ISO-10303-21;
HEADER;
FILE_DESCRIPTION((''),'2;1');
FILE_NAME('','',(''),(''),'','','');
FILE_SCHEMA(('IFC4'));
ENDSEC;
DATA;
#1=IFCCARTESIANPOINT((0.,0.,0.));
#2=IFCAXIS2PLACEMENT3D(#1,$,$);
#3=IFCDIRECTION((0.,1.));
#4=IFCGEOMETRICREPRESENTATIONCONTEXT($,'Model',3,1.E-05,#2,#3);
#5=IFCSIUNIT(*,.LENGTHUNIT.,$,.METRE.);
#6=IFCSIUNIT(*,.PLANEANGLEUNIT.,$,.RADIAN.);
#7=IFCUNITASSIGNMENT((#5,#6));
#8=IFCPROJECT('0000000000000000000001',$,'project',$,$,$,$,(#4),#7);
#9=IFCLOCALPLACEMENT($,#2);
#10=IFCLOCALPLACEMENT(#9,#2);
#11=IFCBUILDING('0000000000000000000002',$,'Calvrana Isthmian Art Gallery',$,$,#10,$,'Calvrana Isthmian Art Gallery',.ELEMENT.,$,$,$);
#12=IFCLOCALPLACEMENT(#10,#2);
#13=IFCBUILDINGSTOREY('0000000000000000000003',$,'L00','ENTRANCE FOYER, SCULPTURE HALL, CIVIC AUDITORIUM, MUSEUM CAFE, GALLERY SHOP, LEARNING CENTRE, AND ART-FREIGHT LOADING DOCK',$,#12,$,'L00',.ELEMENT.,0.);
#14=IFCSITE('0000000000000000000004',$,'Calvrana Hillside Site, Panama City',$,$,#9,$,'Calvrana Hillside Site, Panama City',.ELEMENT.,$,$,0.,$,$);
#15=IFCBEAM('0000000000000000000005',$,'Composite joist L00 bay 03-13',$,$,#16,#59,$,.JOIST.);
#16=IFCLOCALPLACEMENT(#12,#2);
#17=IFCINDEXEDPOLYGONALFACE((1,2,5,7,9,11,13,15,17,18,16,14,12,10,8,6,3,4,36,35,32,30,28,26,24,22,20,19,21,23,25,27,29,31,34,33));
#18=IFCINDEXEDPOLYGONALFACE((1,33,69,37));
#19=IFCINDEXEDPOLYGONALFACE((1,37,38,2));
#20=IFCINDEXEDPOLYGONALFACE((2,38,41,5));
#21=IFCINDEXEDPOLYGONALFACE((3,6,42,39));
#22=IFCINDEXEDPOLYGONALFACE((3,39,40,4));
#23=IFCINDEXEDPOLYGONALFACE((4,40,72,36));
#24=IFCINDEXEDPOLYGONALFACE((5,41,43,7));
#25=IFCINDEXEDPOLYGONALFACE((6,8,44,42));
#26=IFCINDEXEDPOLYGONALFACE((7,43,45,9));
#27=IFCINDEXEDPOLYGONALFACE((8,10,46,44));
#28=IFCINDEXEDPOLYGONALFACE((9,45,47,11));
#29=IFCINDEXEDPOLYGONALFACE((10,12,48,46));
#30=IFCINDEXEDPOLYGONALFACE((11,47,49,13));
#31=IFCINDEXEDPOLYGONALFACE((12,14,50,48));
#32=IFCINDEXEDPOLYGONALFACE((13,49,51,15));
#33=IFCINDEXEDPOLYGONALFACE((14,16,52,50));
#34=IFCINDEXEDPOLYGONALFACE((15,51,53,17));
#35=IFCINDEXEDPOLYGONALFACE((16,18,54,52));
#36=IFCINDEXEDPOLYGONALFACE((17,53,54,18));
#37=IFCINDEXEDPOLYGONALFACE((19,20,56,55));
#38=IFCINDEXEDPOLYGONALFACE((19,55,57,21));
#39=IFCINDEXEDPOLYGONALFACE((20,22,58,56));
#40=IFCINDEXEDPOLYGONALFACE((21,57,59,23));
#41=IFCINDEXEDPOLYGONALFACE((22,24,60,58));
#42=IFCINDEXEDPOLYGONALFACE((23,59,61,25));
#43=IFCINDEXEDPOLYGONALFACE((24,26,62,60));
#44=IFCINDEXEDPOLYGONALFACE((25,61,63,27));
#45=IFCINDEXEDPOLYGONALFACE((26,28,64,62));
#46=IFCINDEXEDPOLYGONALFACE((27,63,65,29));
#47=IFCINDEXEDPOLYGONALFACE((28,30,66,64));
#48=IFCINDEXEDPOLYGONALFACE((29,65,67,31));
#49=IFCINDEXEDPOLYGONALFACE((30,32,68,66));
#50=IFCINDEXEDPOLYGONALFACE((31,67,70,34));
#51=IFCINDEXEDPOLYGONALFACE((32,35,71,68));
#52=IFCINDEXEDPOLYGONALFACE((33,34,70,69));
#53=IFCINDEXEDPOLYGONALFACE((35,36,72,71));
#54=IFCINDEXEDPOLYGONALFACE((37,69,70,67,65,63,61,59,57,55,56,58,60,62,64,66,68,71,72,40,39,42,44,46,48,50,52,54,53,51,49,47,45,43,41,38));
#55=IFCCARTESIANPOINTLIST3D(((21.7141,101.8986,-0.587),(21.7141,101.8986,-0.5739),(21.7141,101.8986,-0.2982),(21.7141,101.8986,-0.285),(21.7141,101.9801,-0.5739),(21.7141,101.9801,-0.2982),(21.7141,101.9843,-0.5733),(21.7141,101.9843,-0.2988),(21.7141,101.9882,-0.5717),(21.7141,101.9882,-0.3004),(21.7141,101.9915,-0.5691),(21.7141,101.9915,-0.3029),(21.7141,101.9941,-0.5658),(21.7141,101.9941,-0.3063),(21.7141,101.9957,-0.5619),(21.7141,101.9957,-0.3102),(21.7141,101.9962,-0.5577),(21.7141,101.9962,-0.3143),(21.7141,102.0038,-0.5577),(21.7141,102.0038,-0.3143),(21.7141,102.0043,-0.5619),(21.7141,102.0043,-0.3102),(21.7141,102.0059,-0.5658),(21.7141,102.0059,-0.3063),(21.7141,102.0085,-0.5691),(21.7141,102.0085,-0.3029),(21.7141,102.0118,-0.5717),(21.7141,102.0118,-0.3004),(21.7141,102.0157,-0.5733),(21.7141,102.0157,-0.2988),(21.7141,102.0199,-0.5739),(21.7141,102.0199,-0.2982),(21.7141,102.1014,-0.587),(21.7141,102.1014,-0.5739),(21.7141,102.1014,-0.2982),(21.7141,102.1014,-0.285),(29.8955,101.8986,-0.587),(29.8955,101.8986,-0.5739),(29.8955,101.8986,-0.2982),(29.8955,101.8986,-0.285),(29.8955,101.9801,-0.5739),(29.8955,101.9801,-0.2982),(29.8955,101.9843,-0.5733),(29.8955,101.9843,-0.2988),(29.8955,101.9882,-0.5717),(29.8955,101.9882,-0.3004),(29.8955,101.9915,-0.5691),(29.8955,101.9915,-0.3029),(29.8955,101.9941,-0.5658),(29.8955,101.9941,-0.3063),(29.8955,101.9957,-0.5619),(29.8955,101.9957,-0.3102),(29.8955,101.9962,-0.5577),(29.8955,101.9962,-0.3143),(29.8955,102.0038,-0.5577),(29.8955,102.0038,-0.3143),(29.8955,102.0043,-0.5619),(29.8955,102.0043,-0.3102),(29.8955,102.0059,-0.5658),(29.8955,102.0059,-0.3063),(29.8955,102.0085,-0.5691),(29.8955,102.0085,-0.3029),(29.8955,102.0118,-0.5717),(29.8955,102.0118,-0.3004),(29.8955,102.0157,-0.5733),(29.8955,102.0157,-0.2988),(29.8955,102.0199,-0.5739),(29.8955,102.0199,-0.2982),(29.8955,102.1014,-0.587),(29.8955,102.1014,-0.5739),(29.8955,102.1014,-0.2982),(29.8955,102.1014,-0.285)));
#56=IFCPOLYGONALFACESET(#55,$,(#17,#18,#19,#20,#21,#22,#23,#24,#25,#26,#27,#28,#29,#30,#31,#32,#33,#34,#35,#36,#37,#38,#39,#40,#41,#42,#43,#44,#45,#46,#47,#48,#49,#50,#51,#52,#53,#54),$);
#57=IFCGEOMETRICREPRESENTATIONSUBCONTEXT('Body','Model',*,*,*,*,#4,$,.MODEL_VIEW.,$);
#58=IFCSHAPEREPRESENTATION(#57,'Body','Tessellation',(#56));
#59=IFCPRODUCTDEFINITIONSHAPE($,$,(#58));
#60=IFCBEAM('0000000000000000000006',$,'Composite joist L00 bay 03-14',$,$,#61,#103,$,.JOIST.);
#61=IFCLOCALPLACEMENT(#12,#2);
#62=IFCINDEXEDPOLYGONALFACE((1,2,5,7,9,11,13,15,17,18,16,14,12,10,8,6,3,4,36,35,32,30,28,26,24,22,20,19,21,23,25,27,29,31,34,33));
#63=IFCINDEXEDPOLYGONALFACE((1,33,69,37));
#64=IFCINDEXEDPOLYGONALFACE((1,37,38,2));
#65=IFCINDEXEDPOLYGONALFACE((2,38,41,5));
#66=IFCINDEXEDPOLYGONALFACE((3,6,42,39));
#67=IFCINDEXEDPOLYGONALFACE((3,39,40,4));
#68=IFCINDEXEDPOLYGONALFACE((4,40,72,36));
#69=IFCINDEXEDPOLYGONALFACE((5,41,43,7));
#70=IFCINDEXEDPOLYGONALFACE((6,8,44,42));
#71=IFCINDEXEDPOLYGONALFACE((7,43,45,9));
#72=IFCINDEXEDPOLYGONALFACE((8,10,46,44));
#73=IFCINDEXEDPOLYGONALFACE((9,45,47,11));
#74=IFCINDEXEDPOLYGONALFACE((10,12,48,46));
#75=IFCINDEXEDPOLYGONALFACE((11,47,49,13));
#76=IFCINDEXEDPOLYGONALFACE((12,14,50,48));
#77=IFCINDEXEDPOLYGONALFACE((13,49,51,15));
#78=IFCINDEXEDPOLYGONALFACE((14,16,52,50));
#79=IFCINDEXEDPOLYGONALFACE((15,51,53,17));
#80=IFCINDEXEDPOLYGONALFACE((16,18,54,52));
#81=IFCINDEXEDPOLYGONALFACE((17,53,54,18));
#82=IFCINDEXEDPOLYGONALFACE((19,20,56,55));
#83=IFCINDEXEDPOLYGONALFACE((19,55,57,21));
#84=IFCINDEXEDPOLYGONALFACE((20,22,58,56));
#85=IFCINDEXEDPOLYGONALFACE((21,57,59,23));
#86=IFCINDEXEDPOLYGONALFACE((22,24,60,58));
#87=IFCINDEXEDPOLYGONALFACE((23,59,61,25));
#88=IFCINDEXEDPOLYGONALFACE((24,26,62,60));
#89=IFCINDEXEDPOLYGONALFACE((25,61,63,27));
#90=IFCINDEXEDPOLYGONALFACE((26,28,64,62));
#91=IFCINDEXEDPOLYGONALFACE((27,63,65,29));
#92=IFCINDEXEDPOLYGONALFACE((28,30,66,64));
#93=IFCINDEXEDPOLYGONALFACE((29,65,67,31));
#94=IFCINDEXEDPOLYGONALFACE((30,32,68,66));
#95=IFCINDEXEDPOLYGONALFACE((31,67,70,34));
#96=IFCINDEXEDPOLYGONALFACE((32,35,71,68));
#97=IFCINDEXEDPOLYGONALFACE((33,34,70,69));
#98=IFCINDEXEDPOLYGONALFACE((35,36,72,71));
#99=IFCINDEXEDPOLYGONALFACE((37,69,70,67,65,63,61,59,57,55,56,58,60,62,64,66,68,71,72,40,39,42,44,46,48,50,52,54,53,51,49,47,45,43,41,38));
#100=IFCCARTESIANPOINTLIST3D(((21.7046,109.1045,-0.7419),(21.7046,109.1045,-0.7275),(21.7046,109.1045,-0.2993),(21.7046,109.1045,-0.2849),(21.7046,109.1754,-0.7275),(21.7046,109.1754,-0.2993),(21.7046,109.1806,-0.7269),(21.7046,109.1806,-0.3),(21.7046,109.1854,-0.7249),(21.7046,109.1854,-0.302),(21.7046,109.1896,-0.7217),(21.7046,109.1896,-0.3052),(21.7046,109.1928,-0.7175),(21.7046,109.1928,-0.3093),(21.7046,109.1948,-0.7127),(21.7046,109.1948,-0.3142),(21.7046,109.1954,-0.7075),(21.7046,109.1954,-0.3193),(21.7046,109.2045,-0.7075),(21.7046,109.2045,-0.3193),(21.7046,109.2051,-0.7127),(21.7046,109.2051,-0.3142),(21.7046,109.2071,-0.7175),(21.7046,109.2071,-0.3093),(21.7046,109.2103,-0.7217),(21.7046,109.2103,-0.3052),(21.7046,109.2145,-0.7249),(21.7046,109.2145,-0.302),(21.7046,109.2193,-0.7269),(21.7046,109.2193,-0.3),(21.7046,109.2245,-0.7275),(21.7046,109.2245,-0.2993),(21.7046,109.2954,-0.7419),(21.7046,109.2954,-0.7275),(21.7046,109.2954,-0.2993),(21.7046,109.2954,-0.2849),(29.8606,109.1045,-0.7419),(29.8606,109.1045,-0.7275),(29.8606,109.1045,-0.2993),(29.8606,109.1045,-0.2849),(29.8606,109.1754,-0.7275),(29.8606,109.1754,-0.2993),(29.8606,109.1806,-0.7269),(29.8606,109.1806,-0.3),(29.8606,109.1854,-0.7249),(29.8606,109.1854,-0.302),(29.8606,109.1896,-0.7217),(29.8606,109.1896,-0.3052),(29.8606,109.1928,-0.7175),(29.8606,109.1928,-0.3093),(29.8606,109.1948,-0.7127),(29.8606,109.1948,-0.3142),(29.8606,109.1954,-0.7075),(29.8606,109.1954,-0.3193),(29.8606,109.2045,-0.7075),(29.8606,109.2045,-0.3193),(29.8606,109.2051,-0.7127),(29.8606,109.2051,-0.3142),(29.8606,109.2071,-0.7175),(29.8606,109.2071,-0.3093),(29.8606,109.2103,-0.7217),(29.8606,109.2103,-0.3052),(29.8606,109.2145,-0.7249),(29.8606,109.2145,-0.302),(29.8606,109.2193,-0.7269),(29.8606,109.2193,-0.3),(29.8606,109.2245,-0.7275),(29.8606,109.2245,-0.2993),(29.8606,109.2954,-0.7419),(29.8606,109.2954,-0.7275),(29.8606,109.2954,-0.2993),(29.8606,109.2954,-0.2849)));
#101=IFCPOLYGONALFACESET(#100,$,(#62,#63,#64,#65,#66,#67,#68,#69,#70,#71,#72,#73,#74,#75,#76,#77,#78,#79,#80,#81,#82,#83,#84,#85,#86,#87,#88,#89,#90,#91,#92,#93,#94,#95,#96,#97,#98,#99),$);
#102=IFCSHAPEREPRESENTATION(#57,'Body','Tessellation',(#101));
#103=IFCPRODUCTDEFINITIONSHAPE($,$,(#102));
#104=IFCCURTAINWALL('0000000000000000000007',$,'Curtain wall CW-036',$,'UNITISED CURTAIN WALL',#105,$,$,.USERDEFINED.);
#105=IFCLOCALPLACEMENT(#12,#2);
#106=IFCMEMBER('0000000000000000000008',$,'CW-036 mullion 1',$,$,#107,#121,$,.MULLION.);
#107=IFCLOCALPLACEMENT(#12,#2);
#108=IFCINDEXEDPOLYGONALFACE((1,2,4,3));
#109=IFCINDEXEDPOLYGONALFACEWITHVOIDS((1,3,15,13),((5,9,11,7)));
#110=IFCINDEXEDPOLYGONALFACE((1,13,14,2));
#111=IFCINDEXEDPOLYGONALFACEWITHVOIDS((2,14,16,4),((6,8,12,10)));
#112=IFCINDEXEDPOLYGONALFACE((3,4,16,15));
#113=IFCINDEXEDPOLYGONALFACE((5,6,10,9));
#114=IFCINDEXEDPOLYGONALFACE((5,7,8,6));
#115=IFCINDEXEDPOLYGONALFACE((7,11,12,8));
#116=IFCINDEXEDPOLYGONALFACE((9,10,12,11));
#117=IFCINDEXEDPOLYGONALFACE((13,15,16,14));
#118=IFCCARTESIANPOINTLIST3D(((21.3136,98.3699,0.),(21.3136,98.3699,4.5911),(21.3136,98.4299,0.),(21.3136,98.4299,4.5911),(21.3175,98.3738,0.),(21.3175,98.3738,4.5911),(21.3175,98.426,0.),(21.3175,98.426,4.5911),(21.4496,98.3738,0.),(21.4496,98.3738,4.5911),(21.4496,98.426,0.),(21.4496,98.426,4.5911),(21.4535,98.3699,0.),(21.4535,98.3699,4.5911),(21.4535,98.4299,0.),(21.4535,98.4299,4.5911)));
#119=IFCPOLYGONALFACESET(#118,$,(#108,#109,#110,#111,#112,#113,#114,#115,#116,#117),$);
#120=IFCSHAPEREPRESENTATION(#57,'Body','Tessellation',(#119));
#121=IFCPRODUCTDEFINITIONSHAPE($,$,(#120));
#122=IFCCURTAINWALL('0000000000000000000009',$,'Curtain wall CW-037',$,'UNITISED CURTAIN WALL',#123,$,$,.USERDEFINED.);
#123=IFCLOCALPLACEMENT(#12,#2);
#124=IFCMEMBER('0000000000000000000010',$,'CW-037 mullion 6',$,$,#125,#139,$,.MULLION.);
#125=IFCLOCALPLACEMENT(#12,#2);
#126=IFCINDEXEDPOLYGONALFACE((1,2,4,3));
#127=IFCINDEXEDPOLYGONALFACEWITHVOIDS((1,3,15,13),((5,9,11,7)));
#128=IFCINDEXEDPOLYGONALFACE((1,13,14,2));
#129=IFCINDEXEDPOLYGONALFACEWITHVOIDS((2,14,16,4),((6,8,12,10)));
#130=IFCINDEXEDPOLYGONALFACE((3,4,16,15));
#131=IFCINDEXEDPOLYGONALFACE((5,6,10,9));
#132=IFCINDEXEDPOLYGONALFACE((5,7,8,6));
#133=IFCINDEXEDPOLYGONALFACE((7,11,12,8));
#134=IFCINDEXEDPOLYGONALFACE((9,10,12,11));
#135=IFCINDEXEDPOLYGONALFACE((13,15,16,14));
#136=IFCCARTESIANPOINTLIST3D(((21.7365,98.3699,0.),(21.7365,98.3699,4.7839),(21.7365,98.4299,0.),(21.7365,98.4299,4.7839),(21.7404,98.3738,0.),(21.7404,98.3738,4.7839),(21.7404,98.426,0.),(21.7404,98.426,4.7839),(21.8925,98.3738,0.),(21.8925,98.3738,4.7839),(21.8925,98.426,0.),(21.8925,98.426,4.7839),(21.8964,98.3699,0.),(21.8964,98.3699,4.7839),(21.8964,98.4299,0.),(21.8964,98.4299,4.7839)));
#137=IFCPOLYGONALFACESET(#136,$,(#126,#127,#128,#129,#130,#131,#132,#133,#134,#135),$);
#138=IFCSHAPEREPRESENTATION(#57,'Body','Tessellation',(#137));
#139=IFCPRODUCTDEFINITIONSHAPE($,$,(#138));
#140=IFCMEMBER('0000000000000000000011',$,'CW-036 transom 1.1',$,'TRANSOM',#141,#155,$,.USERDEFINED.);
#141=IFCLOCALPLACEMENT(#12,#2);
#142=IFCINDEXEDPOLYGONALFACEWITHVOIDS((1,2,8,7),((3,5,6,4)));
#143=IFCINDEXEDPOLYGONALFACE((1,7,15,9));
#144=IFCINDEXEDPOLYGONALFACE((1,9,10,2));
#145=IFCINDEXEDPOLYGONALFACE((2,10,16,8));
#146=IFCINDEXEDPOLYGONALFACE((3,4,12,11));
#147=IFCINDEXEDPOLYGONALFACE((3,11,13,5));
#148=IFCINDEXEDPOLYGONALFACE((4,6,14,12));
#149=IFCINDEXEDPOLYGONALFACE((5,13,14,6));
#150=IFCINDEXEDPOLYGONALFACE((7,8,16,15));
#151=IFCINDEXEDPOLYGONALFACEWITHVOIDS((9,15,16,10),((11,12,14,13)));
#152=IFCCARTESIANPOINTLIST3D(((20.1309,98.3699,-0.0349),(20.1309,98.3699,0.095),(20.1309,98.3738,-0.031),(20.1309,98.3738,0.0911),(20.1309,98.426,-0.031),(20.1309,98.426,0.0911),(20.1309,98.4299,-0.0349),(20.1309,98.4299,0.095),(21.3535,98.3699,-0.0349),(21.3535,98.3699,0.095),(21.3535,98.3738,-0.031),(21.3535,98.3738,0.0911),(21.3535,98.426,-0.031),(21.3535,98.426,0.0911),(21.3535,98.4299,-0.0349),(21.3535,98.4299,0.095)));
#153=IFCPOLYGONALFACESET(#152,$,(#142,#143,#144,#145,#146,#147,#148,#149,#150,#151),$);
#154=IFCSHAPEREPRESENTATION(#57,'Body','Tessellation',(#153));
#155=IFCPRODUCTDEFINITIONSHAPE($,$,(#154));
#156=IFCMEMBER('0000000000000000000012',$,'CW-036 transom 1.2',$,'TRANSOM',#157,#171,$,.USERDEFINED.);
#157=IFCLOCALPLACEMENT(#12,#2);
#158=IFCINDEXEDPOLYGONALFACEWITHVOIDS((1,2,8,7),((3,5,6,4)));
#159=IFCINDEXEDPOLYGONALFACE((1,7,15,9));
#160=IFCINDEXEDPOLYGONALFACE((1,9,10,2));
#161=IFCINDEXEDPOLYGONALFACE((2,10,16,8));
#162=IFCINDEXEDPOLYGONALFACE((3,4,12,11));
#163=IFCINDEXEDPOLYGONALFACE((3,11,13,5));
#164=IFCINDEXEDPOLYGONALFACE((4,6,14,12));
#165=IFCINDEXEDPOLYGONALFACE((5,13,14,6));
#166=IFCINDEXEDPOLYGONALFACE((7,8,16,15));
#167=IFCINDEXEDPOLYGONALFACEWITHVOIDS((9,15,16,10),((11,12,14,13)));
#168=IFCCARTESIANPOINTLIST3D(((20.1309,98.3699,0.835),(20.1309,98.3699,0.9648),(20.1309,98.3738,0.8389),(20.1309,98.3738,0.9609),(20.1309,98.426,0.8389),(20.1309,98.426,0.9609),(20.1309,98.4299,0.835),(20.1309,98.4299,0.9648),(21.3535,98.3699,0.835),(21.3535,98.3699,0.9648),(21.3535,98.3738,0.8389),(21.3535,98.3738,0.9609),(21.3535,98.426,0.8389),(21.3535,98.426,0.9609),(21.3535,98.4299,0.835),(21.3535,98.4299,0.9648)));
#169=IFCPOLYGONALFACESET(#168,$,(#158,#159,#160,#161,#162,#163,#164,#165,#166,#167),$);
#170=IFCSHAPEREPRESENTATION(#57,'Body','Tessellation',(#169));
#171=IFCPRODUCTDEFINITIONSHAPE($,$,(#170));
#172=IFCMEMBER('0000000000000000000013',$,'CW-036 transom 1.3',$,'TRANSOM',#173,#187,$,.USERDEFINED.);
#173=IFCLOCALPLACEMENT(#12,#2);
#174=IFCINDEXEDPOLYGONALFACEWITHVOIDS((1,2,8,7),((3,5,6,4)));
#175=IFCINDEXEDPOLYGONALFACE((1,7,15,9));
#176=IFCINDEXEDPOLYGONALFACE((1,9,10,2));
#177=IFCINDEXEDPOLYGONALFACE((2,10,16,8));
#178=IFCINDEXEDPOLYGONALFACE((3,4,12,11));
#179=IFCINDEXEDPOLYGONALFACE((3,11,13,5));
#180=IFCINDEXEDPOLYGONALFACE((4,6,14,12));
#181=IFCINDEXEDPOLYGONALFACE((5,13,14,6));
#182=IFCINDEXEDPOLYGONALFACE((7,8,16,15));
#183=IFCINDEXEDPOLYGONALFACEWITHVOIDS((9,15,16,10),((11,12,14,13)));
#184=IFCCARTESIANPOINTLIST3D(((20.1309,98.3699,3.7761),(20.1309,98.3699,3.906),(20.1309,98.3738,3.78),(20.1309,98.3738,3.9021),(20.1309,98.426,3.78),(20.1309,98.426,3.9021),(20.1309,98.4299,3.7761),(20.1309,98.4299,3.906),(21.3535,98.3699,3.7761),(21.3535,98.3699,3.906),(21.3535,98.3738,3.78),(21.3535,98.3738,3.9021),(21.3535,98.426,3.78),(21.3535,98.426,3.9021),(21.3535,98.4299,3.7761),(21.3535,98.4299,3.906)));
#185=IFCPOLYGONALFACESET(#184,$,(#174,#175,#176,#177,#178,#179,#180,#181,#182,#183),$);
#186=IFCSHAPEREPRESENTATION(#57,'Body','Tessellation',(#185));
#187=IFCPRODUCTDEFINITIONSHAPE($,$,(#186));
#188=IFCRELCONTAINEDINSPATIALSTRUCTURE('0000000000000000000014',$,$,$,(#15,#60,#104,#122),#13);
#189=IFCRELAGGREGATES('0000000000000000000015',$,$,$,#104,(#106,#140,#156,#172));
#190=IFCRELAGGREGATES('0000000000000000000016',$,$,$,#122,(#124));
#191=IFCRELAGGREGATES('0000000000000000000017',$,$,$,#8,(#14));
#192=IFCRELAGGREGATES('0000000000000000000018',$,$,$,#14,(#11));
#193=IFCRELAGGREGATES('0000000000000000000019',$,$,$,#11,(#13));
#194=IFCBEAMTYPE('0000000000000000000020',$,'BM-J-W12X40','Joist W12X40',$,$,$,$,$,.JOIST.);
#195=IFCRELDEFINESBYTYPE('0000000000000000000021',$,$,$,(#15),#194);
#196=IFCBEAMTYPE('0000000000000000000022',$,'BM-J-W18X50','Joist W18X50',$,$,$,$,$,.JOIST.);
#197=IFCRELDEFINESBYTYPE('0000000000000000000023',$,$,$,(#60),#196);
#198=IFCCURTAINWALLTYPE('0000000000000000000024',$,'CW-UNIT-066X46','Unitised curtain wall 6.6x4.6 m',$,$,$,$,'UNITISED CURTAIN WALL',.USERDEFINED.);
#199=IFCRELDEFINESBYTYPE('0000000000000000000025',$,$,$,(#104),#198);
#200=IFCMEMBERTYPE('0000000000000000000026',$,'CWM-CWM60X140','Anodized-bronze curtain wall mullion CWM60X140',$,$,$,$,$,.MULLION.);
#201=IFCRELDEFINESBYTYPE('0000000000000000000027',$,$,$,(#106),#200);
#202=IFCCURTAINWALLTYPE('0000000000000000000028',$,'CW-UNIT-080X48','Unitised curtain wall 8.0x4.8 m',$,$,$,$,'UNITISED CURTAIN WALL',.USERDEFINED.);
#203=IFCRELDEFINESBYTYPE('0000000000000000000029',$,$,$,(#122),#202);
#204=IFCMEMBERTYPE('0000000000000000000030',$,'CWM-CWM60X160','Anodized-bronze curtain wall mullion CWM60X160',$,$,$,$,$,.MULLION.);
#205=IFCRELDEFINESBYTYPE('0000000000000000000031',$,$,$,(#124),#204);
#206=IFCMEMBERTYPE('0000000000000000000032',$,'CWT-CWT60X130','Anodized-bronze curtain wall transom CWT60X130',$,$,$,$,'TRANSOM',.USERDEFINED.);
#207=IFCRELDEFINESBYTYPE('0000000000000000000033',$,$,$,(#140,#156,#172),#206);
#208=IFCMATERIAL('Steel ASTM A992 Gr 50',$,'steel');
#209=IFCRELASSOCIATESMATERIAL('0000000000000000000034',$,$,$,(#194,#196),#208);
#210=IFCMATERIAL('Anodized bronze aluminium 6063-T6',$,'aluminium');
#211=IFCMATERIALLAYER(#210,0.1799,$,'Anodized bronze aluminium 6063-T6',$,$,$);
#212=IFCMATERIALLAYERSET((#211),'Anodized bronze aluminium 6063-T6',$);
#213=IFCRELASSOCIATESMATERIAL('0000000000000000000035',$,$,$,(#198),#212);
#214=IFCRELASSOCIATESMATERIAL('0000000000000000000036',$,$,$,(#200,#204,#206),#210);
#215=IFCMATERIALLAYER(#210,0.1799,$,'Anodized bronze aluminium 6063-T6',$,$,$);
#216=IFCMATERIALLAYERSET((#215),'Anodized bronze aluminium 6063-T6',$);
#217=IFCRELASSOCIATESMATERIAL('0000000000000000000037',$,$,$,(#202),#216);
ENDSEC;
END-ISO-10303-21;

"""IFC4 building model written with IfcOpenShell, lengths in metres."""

from ifc_helpers import new_model, si_unit, direction, frame, origin, origin_2d, place, context, subcontext, project, spatial, hollow_rectangle, i_section, extrude, material, layer, layer_set, material_profile, profile_set, type_object, element, aggregate, save


model = new_model("IFC4")

# Units and contexts
model_context = context("Model", 3, precision=1e-05, world=origin(), true_north=direction((0.0, 1.0)))
body_context = subcontext(model_context, "Body", "Model", "MODEL_VIEW")
ifc_project = project(units=[si_unit("LENGTHUNIT", "METRE"), si_unit("PLANEANGLEUNIT", "RADIAN")], contexts=[model_context])

# Site, building, storey
site_placement = place(None, origin())
site = spatial("IfcSite", under=ifc_project, at=site_placement, Name="Calvrana Hillside Site, Panama City", LongName="Calvrana Hillside Site, Panama City", CompositionType="ELEMENT", RefElevation=0.0)
building_placement = place(site_placement, origin())
building = spatial("IfcBuilding", under=site, at=building_placement, Name="Calvrana Isthmian Art Gallery", LongName="Calvrana Isthmian Art Gallery", CompositionType="ELEMENT")
storey_placement = place(building_placement, origin())
storey = spatial("IfcBuildingStorey", under=building, at=storey_placement, Name="L00", Description="ENTRANCE FOYER, SCULPTURE HALL, CIVIC AUDITORIUM, MUSEUM CAFE, GALLERY SHOP, LEARNING CENTRE, AND ART-FREIGHT LOADING DOCK", LongName="L00", CompositionType="ELEMENT", Elevation=0.0)

# Shared definitions
ifc_material_1 = material(Name="Steel ASTM A992 Gr 50", Category="steel")

# Beams
ifc_material_profile_1 = material_profile(ifc_material_1, i_section(OverallWidth=0.2029, OverallDepth=0.302, WebThickness=0.0076, FlangeThickness=0.0132, FilletRadius=0.0161, at=origin_2d()), Name="W12X40")
ifc_profile_set_1 = profile_set([ifc_material_profile_1], Name="Steel ASTM A992 Gr 50")
beam_type_1 = type_object("IfcBeamType", Name="BM-J-W12X40", Description="Joist W12X40", PredefinedType="JOIST", material=ifc_profile_set_1)
beam_1_placement = place(storey_placement, frame((21.7141, 102.0, -0.436), z_axis=(1.0, 0.0, 0.0), x_axis=(0.0, 1.0, 0.0)))
element("IfcBeam", 1, at=beam_1_placement, inside=storey, type_object=beam_type_1, Name="Composite joist L00 bay 03-13", PredefinedType="JOIST", context=body_context, shape_type="SweptSolid", body=[
    extrude(i_section(OverallWidth=0.2029, OverallDepth=0.302, WebThickness=0.0076, FlangeThickness=0.0132, FilletRadius=0.0161, at=origin_2d()), origin(), (0.0, 0.0, 1.0), 8.1814),
])
ifc_material_profile_2 = material_profile(ifc_material_1, i_section(OverallWidth=0.1909, OverallDepth=0.457, WebThickness=0.009, FlangeThickness=0.0144, FilletRadius=0.02, at=origin_2d()), Name="W18X50")
ifc_profile_set_2 = profile_set([ifc_material_profile_2], Name="Steel ASTM A992 Gr 50")
beam_type_2 = type_object("IfcBeamType", Name="BM-J-W18X50", Description="Joist W18X50", PredefinedType="JOIST", material=ifc_profile_set_2)
beam_2_placement = place(storey_placement, frame((21.7046, 109.2, -0.5134), z_axis=(1.0, 0.0, 0.0), x_axis=(0.0, 1.0, 0.0)))
element("IfcBeam", 2, at=beam_2_placement, inside=storey, type_object=beam_type_2, Name="Composite joist L00 bay 03-14", PredefinedType="JOIST", context=body_context, shape_type="SweptSolid", body=[
    extrude(i_section(OverallWidth=0.1909, OverallDepth=0.457, WebThickness=0.009, FlangeThickness=0.0144, FilletRadius=0.02, at=origin_2d()), origin(), (0.0, 0.0, 1.0), 8.156),
])

# Curtain walls, members
ifc_material_2 = material(Name="Anodized bronze aluminium 6063-T6", Category="aluminium")
ifc_layer_1 = layer(ifc_material_2, 0.1799, Name="Anodized bronze aluminium 6063-T6")
ifc_layer_set_1 = layer_set([ifc_layer_1], Name="Anodized bronze aluminium 6063-T6")
curtain_wall_type_1 = type_object("IfcCurtainWallType", Name="CW-UNIT-066X46", Description="Unitised curtain wall 6.6x4.6 m", ElementType="UNITISED CURTAIN WALL", PredefinedType="USERDEFINED", material=ifc_layer_set_1)
curtain_wall_1_placement = place(storey_placement, origin())
curtain_wall_1 = element("IfcCurtainWall", 3, at=curtain_wall_1_placement, inside=storey, type_object=curtain_wall_type_1, Name="Curtain wall CW-036", ObjectType="UNITISED CURTAIN WALL", PredefinedType="USERDEFINED")
ifc_material_profile_3 = material_profile(ifc_material_2, hollow_rectangle(XDim=0.0601, YDim=0.1399, WallThickness=0.0039, at=origin_2d()), Name="CWM60X140")
ifc_profile_set_3 = profile_set([ifc_material_profile_3], Name="Anodized bronze aluminium 6063-T6")
member_type_1 = type_object("IfcMemberType", Name="CWM-CWM60X140", Description="Anodized-bronze curtain wall mullion CWM60X140", PredefinedType="MULLION", material=ifc_profile_set_3)
member_1_placement = place(storey_placement, frame((21.3835, 98.3999, 0.0), z_axis=(0.0, 0.0, 1.0), x_axis=(0.0, -1.0, 0.0)))
member_1 = element("IfcMember", 4, at=member_1_placement, type_object=member_type_1, Name="CW-036 mullion 1", PredefinedType="MULLION", context=body_context, shape_type="SweptSolid", body=[
    extrude(hollow_rectangle(XDim=0.0601, YDim=0.1399, WallThickness=0.0039, at=origin_2d()), origin(), (0.0, 0.0, 1.0), 4.5911),
])
ifc_layer_2 = layer(ifc_material_2, 0.1799, Name="Anodized bronze aluminium 6063-T6")
ifc_layer_set_2 = layer_set([ifc_layer_2], Name="Anodized bronze aluminium 6063-T6")
curtain_wall_type_2 = type_object("IfcCurtainWallType", Name="CW-UNIT-080X48", Description="Unitised curtain wall 8.0x4.8 m", ElementType="UNITISED CURTAIN WALL", PredefinedType="USERDEFINED", material=ifc_layer_set_2)
curtain_wall_2_placement = place(storey_placement, origin())
curtain_wall_2 = element("IfcCurtainWall", 5, at=curtain_wall_2_placement, inside=storey, type_object=curtain_wall_type_2, Name="Curtain wall CW-037", ObjectType="UNITISED CURTAIN WALL", PredefinedType="USERDEFINED")
ifc_material_profile_4 = material_profile(ifc_material_2, hollow_rectangle(XDim=0.0601, YDim=0.1599, WallThickness=0.0039, at=origin_2d()), Name="CWM60X160")
ifc_profile_set_4 = profile_set([ifc_material_profile_4], Name="Anodized bronze aluminium 6063-T6")
member_type_2 = type_object("IfcMemberType", Name="CWM-CWM60X160", Description="Anodized-bronze curtain wall mullion CWM60X160", PredefinedType="MULLION", material=ifc_profile_set_4)
member_2_placement = place(storey_placement, frame((21.8164, 98.3999, 0.0), z_axis=(0.0, 0.0, 1.0), x_axis=(0.0, -1.0, 0.0)))
member_2 = element("IfcMember", 6, at=member_2_placement, type_object=member_type_2, Name="CW-037 mullion 6", PredefinedType="MULLION", context=body_context, shape_type="SweptSolid", body=[
    extrude(hollow_rectangle(XDim=0.0601, YDim=0.1599, WallThickness=0.0039, at=origin_2d()), origin(), (0.0, 0.0, 1.0), 4.7839),
])

# Members
ifc_material_profile_5 = material_profile(ifc_material_2, hollow_rectangle(XDim=0.0601, YDim=0.1299, WallThickness=0.0039, at=origin_2d()), Name="CWT60X130")
ifc_profile_set_5 = profile_set([ifc_material_profile_5], Name="Anodized bronze aluminium 6063-T6")
member_type_3 = type_object("IfcMemberType", Name="CWT-CWT60X130", Description="Anodized-bronze curtain wall transom CWT60X130", ElementType="TRANSOM", PredefinedType="USERDEFINED", material=ifc_profile_set_5)
member_3_placement = place(storey_placement, frame((21.3535, 98.3999, 0.03), z_axis=(-1.0, 0.0, 0.0), x_axis=(0.0, -1.0, 0.0)))
member_3 = element("IfcMember", 7, at=member_3_placement, type_object=member_type_3, Name="CW-036 transom 1.1", ObjectType="TRANSOM", PredefinedType="USERDEFINED", context=body_context, shape_type="SweptSolid", body=[
    extrude(hollow_rectangle(XDim=0.0601, YDim=0.1299, WallThickness=0.0039, at=origin_2d()), origin(), (0.0, 0.0, 1.0), 1.2227),
])
member_4_placement = place(storey_placement, frame((21.3535, 98.3999, 0.8999), z_axis=(-1.0, 0.0, 0.0), x_axis=(0.0, -1.0, 0.0)))
member_4 = element("IfcMember", 8, at=member_4_placement, type_object=member_type_3, Name="CW-036 transom 1.2", ObjectType="TRANSOM", PredefinedType="USERDEFINED", context=body_context, shape_type="SweptSolid", body=[
    extrude(hollow_rectangle(XDim=0.0601, YDim=0.1299, WallThickness=0.0039, at=origin_2d()), origin(), (0.0, 0.0, 1.0), 1.2227),
])
member_5_placement = place(storey_placement, frame((21.3535, 98.3999, 3.8411), z_axis=(-1.0, 0.0, 0.0), x_axis=(0.0, -1.0, 0.0)))
member_5 = element("IfcMember", 9, at=member_5_placement, type_object=member_type_3, Name="CW-036 transom 1.3", ObjectType="TRANSOM", PredefinedType="USERDEFINED", context=body_context, shape_type="SweptSolid", body=[
    extrude(hollow_rectangle(XDim=0.0601, YDim=0.1299, WallThickness=0.0039, at=origin_2d()), origin(), (0.0, 0.0, 1.0), 1.2227),
])

aggregate(curtain_wall_1, [member_1, member_3, member_4, member_5])
aggregate(curtain_wall_2, [member_2])

save(model, "model.ifc")
